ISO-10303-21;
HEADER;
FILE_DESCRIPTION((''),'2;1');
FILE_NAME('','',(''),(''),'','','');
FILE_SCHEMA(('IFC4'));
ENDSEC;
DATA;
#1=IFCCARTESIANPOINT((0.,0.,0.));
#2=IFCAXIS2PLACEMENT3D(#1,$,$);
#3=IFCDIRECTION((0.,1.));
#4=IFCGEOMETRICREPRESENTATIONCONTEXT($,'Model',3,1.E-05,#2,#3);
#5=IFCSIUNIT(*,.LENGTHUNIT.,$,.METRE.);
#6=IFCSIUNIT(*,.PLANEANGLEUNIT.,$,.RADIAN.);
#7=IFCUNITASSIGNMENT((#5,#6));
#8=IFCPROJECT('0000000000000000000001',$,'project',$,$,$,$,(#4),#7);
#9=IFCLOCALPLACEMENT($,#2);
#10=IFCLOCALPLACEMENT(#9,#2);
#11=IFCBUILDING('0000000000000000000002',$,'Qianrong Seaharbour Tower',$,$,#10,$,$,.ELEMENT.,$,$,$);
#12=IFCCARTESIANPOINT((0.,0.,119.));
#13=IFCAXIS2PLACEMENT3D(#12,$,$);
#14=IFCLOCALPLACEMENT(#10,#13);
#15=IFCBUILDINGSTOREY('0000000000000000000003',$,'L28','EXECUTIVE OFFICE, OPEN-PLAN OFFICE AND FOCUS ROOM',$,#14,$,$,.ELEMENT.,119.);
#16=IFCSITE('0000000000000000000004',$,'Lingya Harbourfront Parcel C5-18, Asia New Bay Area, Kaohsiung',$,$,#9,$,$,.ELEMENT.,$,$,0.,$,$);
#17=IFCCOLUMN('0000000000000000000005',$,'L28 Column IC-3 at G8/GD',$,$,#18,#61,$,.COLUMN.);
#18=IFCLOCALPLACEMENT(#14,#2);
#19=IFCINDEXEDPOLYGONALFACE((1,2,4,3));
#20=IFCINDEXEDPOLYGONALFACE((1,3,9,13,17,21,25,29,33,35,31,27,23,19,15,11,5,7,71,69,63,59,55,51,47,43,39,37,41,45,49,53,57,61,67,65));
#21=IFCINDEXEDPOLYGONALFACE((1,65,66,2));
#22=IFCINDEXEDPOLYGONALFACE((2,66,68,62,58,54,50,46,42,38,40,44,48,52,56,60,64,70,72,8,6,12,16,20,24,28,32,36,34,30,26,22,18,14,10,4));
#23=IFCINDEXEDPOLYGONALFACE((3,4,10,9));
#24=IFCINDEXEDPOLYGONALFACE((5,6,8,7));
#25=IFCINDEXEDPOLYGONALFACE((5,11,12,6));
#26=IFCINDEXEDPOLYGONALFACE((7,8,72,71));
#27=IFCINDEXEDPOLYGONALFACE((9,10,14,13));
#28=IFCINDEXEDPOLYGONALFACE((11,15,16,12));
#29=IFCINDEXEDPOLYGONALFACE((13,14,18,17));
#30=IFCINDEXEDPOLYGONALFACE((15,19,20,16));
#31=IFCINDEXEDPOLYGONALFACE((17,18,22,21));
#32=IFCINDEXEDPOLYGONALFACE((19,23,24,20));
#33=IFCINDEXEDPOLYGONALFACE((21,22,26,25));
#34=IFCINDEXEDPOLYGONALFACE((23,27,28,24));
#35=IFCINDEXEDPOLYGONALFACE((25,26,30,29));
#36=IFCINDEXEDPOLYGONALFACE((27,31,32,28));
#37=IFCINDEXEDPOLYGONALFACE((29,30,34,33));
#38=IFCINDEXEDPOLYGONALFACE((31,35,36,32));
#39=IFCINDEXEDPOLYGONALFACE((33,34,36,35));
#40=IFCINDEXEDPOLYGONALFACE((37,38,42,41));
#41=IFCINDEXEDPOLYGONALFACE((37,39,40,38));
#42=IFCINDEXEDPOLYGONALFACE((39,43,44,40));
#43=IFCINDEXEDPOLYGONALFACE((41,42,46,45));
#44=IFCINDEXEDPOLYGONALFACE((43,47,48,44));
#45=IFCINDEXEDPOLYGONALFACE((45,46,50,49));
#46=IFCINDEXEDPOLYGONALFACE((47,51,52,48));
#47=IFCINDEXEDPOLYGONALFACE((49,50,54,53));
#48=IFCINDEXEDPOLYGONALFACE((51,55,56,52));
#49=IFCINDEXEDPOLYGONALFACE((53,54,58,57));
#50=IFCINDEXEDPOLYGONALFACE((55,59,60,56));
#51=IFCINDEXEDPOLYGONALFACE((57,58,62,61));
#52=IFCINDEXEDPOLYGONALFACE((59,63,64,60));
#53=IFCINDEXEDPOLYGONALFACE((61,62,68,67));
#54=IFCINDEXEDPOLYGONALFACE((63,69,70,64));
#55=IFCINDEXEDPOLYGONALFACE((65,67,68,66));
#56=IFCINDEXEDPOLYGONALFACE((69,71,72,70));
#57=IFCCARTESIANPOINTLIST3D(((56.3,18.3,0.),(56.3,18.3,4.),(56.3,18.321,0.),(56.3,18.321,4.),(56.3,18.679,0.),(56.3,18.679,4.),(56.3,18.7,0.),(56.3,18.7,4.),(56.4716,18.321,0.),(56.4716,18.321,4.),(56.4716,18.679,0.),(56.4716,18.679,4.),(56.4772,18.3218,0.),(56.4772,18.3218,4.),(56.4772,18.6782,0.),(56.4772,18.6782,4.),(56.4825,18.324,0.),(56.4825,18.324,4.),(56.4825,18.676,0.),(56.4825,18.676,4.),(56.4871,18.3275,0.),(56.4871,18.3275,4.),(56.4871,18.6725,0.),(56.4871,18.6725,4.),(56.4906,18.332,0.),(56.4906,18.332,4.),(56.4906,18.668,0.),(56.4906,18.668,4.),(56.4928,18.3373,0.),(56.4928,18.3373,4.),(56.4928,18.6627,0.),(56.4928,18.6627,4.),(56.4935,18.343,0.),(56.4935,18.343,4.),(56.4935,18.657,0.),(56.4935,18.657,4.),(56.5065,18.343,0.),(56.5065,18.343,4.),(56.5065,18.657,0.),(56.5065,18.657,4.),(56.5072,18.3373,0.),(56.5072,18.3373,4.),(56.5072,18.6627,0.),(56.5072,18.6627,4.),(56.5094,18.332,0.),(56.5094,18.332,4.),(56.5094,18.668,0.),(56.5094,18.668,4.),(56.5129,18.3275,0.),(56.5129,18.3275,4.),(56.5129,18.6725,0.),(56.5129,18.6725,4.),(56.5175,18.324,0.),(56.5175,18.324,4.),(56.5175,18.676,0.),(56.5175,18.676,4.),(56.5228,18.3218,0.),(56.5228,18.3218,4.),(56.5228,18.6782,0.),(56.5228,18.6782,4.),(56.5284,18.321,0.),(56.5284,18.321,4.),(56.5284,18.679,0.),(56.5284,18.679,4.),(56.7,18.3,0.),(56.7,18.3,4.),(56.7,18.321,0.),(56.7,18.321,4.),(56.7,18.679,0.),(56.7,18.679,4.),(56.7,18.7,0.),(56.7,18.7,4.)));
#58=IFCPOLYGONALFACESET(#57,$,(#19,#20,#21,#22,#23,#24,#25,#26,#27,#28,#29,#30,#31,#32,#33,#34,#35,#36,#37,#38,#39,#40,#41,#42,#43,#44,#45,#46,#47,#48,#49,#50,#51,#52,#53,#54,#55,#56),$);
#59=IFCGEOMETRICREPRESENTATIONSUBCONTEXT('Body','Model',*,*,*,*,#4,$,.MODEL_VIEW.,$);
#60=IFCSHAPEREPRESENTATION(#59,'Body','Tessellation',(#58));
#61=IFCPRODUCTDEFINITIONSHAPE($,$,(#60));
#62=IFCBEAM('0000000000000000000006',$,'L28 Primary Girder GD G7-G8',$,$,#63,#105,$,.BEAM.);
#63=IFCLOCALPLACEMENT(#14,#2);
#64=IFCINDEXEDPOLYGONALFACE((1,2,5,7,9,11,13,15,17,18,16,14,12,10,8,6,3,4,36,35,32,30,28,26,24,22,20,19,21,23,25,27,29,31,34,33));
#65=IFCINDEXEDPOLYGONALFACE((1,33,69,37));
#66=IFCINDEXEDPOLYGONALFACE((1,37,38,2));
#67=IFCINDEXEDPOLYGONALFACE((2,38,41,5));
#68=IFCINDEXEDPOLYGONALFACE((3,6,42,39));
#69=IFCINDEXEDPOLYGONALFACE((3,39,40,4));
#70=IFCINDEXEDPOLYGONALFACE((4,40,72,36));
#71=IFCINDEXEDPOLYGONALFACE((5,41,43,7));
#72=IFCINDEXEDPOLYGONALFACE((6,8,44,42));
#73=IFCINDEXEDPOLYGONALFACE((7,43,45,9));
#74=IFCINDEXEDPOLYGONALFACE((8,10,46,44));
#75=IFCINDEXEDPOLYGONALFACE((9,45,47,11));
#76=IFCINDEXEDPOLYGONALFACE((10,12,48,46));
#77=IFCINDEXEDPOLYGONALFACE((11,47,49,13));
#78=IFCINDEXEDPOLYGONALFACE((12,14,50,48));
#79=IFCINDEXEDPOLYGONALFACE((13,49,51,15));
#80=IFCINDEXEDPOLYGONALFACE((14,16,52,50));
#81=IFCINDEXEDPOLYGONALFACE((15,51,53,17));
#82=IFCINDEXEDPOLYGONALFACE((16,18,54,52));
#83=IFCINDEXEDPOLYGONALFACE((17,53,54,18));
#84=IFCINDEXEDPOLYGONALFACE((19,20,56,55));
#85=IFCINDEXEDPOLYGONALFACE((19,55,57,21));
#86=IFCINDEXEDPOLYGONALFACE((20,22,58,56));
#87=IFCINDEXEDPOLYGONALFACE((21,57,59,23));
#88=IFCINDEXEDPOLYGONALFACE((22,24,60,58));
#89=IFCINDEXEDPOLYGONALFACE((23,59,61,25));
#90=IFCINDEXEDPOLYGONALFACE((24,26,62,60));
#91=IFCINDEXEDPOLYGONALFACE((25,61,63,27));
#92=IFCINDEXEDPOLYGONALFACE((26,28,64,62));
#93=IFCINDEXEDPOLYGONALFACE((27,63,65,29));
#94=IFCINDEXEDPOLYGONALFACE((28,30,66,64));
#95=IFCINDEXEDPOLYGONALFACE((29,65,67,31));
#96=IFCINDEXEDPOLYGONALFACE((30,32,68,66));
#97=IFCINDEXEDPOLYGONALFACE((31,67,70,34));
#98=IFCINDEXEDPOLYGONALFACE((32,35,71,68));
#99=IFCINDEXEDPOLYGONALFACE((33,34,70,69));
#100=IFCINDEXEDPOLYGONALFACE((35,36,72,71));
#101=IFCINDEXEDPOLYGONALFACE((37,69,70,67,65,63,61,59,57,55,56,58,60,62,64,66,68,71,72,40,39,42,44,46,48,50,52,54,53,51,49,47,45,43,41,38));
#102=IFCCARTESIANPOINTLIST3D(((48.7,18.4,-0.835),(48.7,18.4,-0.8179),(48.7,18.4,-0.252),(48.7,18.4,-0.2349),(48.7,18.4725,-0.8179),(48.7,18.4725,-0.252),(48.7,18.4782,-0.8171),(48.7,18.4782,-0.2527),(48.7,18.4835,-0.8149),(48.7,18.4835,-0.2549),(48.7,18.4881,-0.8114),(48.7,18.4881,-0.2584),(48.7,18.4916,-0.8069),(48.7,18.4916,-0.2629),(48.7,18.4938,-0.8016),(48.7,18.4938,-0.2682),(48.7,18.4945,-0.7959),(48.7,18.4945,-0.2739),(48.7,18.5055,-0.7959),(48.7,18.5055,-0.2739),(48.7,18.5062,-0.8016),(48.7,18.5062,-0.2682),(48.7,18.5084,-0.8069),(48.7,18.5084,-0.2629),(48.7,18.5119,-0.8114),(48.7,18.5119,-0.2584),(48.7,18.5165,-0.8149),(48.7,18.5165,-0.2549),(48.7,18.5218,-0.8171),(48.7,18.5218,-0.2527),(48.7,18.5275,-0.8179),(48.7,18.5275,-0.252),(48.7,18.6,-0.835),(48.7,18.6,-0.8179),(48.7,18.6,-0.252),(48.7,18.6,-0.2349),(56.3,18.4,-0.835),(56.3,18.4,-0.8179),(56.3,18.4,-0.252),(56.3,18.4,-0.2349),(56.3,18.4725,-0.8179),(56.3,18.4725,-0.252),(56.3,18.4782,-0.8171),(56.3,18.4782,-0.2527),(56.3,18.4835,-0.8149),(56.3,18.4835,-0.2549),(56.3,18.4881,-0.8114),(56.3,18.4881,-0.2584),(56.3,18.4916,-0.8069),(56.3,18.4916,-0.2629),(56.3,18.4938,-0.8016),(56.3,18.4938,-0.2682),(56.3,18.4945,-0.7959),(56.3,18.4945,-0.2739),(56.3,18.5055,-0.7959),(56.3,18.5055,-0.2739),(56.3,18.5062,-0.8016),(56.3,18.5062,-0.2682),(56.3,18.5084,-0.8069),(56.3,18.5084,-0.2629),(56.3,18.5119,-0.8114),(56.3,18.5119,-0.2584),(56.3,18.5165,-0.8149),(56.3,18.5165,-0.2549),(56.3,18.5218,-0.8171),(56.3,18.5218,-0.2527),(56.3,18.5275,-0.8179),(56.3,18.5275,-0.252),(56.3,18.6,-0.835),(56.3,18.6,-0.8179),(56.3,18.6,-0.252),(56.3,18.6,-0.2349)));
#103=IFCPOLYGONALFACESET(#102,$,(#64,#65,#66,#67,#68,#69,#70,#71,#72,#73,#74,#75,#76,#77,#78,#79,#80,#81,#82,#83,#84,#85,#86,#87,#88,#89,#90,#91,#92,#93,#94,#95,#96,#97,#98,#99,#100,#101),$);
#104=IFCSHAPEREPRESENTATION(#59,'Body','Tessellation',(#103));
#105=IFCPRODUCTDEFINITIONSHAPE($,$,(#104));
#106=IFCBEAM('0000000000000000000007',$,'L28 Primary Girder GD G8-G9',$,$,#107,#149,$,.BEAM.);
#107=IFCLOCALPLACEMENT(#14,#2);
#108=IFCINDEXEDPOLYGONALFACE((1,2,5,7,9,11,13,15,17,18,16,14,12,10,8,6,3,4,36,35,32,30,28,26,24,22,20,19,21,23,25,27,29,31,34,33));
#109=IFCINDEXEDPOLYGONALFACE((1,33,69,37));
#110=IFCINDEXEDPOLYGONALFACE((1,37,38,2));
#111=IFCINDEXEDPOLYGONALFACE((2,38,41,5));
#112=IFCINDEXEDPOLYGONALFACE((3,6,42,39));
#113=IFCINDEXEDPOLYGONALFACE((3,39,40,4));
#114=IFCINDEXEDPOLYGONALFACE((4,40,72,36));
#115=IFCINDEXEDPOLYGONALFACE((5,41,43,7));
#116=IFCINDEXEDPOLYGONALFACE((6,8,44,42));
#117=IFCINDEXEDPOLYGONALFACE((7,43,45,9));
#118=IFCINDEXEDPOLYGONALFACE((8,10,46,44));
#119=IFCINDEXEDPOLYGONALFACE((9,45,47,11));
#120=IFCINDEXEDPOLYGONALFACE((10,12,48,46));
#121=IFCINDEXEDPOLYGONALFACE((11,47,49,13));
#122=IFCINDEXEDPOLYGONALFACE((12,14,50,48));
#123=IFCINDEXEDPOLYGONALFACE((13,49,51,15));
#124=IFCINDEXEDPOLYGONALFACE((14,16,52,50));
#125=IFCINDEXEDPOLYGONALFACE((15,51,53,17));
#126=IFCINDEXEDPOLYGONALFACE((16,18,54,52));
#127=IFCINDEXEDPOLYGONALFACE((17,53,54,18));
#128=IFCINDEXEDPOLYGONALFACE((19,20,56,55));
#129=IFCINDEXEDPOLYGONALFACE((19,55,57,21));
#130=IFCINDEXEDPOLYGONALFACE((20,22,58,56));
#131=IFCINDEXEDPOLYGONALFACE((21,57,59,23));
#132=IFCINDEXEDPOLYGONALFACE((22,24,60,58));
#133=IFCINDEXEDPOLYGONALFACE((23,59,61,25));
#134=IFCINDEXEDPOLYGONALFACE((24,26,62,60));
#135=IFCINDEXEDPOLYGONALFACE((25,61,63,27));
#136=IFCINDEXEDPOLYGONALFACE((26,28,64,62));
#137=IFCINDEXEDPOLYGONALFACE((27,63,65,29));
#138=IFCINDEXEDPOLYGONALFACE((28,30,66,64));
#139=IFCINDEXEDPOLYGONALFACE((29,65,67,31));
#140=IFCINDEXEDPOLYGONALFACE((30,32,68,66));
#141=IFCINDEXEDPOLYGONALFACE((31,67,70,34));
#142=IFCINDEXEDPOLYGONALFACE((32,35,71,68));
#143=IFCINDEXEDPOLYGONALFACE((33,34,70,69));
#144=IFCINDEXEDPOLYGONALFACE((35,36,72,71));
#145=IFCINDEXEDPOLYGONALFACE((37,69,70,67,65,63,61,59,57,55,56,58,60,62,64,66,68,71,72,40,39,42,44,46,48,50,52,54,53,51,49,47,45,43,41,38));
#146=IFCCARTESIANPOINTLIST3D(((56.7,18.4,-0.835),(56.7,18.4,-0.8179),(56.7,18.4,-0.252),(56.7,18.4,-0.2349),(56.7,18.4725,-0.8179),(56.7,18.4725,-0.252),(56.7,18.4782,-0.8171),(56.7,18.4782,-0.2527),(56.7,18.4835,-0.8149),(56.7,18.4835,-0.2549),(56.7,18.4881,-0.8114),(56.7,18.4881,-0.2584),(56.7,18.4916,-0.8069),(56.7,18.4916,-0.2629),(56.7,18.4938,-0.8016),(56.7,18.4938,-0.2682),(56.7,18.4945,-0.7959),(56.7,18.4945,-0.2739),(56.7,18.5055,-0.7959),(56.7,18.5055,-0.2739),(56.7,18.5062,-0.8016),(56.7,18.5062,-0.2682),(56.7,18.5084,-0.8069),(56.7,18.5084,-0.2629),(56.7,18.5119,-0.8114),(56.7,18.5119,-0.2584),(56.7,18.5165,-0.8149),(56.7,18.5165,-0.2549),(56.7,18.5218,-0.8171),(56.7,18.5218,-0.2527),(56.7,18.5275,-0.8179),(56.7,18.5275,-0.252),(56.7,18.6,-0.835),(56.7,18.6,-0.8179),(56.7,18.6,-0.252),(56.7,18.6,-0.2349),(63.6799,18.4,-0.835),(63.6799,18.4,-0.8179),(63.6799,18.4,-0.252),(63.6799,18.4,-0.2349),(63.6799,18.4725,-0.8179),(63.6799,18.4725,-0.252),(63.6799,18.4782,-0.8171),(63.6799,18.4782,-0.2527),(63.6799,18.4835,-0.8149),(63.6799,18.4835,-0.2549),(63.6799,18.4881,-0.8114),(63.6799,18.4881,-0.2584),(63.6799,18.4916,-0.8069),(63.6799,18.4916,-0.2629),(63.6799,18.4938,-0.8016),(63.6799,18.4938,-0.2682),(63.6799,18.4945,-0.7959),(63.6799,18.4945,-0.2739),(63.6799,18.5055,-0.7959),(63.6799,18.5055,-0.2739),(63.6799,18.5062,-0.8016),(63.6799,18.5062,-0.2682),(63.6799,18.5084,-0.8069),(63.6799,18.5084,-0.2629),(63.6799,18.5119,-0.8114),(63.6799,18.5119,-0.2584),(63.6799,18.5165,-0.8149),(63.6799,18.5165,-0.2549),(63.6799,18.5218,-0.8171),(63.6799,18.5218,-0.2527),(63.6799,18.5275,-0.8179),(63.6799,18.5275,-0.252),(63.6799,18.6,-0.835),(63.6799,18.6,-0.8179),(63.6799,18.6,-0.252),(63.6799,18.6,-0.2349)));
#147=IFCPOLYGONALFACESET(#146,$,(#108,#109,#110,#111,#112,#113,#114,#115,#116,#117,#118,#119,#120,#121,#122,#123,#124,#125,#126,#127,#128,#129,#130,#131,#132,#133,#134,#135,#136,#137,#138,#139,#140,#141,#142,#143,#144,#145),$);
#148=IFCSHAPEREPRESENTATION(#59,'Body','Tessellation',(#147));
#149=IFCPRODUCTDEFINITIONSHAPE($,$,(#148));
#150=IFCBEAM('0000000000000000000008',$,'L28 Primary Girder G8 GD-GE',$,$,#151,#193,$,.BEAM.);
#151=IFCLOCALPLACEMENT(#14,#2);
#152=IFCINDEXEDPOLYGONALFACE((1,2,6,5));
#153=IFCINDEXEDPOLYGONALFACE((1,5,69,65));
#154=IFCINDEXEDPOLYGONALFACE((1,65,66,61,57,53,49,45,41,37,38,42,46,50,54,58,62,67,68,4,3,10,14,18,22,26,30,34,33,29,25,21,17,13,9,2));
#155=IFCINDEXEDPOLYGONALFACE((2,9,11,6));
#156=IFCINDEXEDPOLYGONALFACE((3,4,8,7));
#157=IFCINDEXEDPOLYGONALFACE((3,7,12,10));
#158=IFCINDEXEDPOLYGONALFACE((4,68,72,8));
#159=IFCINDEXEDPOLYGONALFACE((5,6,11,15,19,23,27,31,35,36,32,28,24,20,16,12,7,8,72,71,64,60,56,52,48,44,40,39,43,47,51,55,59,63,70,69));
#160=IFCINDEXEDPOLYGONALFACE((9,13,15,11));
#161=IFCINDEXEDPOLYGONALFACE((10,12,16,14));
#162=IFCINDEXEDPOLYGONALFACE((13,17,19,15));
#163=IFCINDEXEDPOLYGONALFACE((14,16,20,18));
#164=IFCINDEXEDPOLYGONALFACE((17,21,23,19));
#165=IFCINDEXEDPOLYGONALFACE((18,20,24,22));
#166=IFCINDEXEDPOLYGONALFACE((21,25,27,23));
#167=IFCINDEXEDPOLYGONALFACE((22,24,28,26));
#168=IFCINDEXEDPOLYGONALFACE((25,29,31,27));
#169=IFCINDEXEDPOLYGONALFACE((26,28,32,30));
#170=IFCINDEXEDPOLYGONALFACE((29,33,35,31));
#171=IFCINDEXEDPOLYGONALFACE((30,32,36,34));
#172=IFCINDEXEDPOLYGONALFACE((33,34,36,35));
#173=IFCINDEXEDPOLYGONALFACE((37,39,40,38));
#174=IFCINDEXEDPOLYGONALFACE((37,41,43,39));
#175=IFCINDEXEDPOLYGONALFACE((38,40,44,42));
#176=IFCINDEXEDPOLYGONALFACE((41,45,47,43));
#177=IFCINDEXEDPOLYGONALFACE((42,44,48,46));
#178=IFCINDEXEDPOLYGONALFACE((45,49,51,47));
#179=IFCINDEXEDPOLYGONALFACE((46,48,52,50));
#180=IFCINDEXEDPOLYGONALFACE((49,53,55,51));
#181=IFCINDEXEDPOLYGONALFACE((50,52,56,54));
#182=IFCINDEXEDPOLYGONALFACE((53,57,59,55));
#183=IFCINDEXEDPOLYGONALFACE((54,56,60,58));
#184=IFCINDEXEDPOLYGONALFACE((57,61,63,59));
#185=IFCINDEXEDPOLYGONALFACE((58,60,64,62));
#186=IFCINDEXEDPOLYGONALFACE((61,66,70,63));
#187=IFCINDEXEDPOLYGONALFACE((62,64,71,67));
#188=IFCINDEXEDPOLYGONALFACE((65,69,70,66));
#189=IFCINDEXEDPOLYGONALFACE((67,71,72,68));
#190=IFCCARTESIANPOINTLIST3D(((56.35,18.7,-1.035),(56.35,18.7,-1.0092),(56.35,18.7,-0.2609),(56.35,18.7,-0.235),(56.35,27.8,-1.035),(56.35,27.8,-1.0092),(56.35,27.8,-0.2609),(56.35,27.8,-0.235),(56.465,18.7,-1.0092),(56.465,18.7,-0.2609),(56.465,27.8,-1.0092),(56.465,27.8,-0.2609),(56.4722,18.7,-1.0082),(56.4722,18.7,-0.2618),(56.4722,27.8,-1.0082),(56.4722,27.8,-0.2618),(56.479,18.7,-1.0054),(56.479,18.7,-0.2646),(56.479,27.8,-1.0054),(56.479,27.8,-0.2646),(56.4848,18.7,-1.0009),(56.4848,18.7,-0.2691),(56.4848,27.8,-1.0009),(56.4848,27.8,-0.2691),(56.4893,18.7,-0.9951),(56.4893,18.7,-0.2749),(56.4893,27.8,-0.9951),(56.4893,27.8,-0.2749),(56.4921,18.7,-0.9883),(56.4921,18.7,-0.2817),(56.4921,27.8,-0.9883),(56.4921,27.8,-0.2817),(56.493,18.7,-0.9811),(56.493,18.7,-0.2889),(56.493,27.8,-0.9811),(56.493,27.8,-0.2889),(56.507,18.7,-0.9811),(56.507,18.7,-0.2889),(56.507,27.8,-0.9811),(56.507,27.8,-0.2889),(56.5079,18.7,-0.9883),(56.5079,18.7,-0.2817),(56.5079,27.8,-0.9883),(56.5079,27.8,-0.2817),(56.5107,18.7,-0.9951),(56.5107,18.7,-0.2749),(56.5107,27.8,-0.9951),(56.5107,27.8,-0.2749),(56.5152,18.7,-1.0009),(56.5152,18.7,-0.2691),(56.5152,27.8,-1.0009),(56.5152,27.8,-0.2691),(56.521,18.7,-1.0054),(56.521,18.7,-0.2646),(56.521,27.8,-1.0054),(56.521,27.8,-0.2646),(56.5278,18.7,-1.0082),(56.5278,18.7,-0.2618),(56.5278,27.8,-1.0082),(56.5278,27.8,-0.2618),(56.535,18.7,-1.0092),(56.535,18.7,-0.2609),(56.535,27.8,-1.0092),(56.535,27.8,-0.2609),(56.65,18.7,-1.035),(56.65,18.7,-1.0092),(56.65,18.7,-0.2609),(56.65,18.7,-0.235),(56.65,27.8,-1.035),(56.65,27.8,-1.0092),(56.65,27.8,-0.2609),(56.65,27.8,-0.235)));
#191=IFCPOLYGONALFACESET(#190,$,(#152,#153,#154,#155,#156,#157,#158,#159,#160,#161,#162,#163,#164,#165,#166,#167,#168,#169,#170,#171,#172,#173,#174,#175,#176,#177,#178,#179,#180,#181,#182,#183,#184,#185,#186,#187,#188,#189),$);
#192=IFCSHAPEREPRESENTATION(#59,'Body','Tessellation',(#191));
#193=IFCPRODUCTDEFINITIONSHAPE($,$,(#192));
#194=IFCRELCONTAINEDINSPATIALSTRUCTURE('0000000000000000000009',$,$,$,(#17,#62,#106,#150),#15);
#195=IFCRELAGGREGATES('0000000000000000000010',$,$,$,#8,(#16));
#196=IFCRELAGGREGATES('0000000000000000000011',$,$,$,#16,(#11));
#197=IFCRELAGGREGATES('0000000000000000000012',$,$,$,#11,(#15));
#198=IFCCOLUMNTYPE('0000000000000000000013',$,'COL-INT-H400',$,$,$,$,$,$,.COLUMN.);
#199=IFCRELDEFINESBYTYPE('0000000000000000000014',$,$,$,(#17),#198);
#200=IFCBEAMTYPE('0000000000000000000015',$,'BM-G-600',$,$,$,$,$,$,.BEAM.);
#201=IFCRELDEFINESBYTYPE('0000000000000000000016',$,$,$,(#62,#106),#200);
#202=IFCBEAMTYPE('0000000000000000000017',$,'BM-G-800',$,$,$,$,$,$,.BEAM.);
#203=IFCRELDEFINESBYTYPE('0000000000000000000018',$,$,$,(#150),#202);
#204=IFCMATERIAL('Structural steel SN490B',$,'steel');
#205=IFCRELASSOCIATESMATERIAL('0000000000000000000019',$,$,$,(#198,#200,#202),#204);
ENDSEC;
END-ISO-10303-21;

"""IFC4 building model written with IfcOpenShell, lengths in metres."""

from ifc_helpers import new_model, si_unit, direction, frame, origin, origin_2d, place, context, subcontext, project, spatial, i_section, extrude, material, material_profile, profile_set, type_object, element, save


model = new_model("IFC4")

# Units and contexts
model_context = context("Model", 3, precision=1e-05, world=origin(), true_north=direction((0.0, 1.0)))
body_context = subcontext(model_context, "Body", "Model", "MODEL_VIEW")
ifc_project = project(units=[si_unit("LENGTHUNIT", "METRE"), si_unit("PLANEANGLEUNIT", "RADIAN")], contexts=[model_context])

# Site, building, storey
site_placement = place(None, origin())
site = spatial("IfcSite", under=ifc_project, at=site_placement, Name="Lingya Harbourfront Parcel C5-18, Asia New Bay Area, Kaohsiung", CompositionType="ELEMENT", RefElevation=0.0)
building_placement = place(site_placement, origin())
building = spatial("IfcBuilding", under=site, at=building_placement, Name="Qianrong Seaharbour Tower", CompositionType="ELEMENT")
storey_placement = place(building_placement, frame((0.0, 0.0, 119.0)))
storey = spatial("IfcBuildingStorey", under=building, at=storey_placement, Name="L28", Description="EXECUTIVE OFFICE, OPEN-PLAN OFFICE AND FOCUS ROOM", CompositionType="ELEMENT", Elevation=119.0)

# Column
ifc_material_1 = material(Name="Structural steel SN490B", Category="steel")
ifc_material_profile_1 = material_profile(ifc_material_1, i_section(OverallWidth=0.3999, OverallDepth=0.3999, WebThickness=0.0129, FlangeThickness=0.021, FilletRadius=0.022, at=origin_2d()), Name="H400x400x13x21")
ifc_profile_set_1 = profile_set([ifc_material_profile_1], Name="Structural steel SN490B")
column_type = type_object("IfcColumnType", Name="COL-INT-H400", PredefinedType="COLUMN", material=ifc_profile_set_1)
column_placement = place(storey_placement, frame((56.5, 18.5, 0.0), z_axis=(0.0, 0.0, 1.0), x_axis=(1.0, 0.0, 0.0)))
element("IfcColumn", 1, at=column_placement, inside=storey, type_object=column_type, Name="L28 Column IC-3 at G8/GD", PredefinedType="COLUMN", context=body_context, shape_type="SweptSolid", body=[
    extrude(i_section(OverallWidth=0.3999, OverallDepth=0.3999, WebThickness=0.0129, FlangeThickness=0.021, FilletRadius=0.022, at=origin_2d()), origin(), (0.0, 0.0, 1.0), 4.0),
])

# Beams
ifc_material_profile_2 = material_profile(ifc_material_1, i_section(OverallWidth=0.2, OverallDepth=0.6001, WebThickness=0.011, FlangeThickness=0.0171, FilletRadius=0.022, at=origin_2d()), Name="H600x200x11x17")
ifc_profile_set_2 = profile_set([ifc_material_profile_2], Name="Structural steel SN490B")
beam_type_1 = type_object("IfcBeamType", Name="BM-G-600", PredefinedType="BEAM", material=ifc_profile_set_2)
beam_1_placement = place(storey_placement, frame((48.7, 18.5, -0.5349), z_axis=(1.0, 0.0, 0.0), x_axis=(0.0, 1.0, 0.0)))
element("IfcBeam", 2, at=beam_1_placement, inside=storey, type_object=beam_type_1, Name="L28 Primary Girder GD G7-G8", PredefinedType="BEAM", context=body_context, shape_type="SweptSolid", body=[
    extrude(i_section(OverallWidth=0.2, OverallDepth=0.6001, WebThickness=0.011, FlangeThickness=0.0171, FilletRadius=0.022, at=origin_2d()), origin(), (0.0, 0.0, 1.0), 7.6001),
])
beam_2_placement = place(storey_placement, frame((56.7, 18.5, -0.5349), z_axis=(1.0, 0.0, 0.0), x_axis=(0.0, 1.0, 0.0)))
element("IfcBeam", 3, at=beam_2_placement, inside=storey, type_object=beam_type_1, Name="L28 Primary Girder GD G8-G9", PredefinedType="BEAM", context=body_context, shape_type="SweptSolid", body=[
    extrude(i_section(OverallWidth=0.2, OverallDepth=0.6001, WebThickness=0.011, FlangeThickness=0.0171, FilletRadius=0.022, at=origin_2d()), origin(), (0.0, 0.0, 1.0), 6.98),
])
ifc_material_profile_3 = material_profile(ifc_material_1, i_section(OverallWidth=0.3, OverallDepth=0.8, WebThickness=0.0139, FlangeThickness=0.0259, FilletRadius=0.0281, at=origin_2d()), Name="H800x300x14x26")
ifc_profile_set_3 = profile_set([ifc_material_profile_3], Name="Structural steel SN490B")
beam_type_2 = type_object("IfcBeamType", Name="BM-G-800", PredefinedType="BEAM", material=ifc_profile_set_3)
beam_3_placement = place(storey_placement, frame((56.5, 18.7, -0.635), z_axis=(0.0, 1.0, 0.0), x_axis=(-1.0, 0.0, 0.0)))
element("IfcBeam", 4, at=beam_3_placement, inside=storey, type_object=beam_type_2, Name="L28 Primary Girder G8 GD-GE", PredefinedType="BEAM", context=body_context, shape_type="SweptSolid", body=[
    extrude(i_section(OverallWidth=0.3, OverallDepth=0.8, WebThickness=0.0139, FlangeThickness=0.0259, FilletRadius=0.0281, at=origin_2d()), origin(), (0.0, 0.0, 1.0), 9.1001),
])

save(model, "model.ifc")
